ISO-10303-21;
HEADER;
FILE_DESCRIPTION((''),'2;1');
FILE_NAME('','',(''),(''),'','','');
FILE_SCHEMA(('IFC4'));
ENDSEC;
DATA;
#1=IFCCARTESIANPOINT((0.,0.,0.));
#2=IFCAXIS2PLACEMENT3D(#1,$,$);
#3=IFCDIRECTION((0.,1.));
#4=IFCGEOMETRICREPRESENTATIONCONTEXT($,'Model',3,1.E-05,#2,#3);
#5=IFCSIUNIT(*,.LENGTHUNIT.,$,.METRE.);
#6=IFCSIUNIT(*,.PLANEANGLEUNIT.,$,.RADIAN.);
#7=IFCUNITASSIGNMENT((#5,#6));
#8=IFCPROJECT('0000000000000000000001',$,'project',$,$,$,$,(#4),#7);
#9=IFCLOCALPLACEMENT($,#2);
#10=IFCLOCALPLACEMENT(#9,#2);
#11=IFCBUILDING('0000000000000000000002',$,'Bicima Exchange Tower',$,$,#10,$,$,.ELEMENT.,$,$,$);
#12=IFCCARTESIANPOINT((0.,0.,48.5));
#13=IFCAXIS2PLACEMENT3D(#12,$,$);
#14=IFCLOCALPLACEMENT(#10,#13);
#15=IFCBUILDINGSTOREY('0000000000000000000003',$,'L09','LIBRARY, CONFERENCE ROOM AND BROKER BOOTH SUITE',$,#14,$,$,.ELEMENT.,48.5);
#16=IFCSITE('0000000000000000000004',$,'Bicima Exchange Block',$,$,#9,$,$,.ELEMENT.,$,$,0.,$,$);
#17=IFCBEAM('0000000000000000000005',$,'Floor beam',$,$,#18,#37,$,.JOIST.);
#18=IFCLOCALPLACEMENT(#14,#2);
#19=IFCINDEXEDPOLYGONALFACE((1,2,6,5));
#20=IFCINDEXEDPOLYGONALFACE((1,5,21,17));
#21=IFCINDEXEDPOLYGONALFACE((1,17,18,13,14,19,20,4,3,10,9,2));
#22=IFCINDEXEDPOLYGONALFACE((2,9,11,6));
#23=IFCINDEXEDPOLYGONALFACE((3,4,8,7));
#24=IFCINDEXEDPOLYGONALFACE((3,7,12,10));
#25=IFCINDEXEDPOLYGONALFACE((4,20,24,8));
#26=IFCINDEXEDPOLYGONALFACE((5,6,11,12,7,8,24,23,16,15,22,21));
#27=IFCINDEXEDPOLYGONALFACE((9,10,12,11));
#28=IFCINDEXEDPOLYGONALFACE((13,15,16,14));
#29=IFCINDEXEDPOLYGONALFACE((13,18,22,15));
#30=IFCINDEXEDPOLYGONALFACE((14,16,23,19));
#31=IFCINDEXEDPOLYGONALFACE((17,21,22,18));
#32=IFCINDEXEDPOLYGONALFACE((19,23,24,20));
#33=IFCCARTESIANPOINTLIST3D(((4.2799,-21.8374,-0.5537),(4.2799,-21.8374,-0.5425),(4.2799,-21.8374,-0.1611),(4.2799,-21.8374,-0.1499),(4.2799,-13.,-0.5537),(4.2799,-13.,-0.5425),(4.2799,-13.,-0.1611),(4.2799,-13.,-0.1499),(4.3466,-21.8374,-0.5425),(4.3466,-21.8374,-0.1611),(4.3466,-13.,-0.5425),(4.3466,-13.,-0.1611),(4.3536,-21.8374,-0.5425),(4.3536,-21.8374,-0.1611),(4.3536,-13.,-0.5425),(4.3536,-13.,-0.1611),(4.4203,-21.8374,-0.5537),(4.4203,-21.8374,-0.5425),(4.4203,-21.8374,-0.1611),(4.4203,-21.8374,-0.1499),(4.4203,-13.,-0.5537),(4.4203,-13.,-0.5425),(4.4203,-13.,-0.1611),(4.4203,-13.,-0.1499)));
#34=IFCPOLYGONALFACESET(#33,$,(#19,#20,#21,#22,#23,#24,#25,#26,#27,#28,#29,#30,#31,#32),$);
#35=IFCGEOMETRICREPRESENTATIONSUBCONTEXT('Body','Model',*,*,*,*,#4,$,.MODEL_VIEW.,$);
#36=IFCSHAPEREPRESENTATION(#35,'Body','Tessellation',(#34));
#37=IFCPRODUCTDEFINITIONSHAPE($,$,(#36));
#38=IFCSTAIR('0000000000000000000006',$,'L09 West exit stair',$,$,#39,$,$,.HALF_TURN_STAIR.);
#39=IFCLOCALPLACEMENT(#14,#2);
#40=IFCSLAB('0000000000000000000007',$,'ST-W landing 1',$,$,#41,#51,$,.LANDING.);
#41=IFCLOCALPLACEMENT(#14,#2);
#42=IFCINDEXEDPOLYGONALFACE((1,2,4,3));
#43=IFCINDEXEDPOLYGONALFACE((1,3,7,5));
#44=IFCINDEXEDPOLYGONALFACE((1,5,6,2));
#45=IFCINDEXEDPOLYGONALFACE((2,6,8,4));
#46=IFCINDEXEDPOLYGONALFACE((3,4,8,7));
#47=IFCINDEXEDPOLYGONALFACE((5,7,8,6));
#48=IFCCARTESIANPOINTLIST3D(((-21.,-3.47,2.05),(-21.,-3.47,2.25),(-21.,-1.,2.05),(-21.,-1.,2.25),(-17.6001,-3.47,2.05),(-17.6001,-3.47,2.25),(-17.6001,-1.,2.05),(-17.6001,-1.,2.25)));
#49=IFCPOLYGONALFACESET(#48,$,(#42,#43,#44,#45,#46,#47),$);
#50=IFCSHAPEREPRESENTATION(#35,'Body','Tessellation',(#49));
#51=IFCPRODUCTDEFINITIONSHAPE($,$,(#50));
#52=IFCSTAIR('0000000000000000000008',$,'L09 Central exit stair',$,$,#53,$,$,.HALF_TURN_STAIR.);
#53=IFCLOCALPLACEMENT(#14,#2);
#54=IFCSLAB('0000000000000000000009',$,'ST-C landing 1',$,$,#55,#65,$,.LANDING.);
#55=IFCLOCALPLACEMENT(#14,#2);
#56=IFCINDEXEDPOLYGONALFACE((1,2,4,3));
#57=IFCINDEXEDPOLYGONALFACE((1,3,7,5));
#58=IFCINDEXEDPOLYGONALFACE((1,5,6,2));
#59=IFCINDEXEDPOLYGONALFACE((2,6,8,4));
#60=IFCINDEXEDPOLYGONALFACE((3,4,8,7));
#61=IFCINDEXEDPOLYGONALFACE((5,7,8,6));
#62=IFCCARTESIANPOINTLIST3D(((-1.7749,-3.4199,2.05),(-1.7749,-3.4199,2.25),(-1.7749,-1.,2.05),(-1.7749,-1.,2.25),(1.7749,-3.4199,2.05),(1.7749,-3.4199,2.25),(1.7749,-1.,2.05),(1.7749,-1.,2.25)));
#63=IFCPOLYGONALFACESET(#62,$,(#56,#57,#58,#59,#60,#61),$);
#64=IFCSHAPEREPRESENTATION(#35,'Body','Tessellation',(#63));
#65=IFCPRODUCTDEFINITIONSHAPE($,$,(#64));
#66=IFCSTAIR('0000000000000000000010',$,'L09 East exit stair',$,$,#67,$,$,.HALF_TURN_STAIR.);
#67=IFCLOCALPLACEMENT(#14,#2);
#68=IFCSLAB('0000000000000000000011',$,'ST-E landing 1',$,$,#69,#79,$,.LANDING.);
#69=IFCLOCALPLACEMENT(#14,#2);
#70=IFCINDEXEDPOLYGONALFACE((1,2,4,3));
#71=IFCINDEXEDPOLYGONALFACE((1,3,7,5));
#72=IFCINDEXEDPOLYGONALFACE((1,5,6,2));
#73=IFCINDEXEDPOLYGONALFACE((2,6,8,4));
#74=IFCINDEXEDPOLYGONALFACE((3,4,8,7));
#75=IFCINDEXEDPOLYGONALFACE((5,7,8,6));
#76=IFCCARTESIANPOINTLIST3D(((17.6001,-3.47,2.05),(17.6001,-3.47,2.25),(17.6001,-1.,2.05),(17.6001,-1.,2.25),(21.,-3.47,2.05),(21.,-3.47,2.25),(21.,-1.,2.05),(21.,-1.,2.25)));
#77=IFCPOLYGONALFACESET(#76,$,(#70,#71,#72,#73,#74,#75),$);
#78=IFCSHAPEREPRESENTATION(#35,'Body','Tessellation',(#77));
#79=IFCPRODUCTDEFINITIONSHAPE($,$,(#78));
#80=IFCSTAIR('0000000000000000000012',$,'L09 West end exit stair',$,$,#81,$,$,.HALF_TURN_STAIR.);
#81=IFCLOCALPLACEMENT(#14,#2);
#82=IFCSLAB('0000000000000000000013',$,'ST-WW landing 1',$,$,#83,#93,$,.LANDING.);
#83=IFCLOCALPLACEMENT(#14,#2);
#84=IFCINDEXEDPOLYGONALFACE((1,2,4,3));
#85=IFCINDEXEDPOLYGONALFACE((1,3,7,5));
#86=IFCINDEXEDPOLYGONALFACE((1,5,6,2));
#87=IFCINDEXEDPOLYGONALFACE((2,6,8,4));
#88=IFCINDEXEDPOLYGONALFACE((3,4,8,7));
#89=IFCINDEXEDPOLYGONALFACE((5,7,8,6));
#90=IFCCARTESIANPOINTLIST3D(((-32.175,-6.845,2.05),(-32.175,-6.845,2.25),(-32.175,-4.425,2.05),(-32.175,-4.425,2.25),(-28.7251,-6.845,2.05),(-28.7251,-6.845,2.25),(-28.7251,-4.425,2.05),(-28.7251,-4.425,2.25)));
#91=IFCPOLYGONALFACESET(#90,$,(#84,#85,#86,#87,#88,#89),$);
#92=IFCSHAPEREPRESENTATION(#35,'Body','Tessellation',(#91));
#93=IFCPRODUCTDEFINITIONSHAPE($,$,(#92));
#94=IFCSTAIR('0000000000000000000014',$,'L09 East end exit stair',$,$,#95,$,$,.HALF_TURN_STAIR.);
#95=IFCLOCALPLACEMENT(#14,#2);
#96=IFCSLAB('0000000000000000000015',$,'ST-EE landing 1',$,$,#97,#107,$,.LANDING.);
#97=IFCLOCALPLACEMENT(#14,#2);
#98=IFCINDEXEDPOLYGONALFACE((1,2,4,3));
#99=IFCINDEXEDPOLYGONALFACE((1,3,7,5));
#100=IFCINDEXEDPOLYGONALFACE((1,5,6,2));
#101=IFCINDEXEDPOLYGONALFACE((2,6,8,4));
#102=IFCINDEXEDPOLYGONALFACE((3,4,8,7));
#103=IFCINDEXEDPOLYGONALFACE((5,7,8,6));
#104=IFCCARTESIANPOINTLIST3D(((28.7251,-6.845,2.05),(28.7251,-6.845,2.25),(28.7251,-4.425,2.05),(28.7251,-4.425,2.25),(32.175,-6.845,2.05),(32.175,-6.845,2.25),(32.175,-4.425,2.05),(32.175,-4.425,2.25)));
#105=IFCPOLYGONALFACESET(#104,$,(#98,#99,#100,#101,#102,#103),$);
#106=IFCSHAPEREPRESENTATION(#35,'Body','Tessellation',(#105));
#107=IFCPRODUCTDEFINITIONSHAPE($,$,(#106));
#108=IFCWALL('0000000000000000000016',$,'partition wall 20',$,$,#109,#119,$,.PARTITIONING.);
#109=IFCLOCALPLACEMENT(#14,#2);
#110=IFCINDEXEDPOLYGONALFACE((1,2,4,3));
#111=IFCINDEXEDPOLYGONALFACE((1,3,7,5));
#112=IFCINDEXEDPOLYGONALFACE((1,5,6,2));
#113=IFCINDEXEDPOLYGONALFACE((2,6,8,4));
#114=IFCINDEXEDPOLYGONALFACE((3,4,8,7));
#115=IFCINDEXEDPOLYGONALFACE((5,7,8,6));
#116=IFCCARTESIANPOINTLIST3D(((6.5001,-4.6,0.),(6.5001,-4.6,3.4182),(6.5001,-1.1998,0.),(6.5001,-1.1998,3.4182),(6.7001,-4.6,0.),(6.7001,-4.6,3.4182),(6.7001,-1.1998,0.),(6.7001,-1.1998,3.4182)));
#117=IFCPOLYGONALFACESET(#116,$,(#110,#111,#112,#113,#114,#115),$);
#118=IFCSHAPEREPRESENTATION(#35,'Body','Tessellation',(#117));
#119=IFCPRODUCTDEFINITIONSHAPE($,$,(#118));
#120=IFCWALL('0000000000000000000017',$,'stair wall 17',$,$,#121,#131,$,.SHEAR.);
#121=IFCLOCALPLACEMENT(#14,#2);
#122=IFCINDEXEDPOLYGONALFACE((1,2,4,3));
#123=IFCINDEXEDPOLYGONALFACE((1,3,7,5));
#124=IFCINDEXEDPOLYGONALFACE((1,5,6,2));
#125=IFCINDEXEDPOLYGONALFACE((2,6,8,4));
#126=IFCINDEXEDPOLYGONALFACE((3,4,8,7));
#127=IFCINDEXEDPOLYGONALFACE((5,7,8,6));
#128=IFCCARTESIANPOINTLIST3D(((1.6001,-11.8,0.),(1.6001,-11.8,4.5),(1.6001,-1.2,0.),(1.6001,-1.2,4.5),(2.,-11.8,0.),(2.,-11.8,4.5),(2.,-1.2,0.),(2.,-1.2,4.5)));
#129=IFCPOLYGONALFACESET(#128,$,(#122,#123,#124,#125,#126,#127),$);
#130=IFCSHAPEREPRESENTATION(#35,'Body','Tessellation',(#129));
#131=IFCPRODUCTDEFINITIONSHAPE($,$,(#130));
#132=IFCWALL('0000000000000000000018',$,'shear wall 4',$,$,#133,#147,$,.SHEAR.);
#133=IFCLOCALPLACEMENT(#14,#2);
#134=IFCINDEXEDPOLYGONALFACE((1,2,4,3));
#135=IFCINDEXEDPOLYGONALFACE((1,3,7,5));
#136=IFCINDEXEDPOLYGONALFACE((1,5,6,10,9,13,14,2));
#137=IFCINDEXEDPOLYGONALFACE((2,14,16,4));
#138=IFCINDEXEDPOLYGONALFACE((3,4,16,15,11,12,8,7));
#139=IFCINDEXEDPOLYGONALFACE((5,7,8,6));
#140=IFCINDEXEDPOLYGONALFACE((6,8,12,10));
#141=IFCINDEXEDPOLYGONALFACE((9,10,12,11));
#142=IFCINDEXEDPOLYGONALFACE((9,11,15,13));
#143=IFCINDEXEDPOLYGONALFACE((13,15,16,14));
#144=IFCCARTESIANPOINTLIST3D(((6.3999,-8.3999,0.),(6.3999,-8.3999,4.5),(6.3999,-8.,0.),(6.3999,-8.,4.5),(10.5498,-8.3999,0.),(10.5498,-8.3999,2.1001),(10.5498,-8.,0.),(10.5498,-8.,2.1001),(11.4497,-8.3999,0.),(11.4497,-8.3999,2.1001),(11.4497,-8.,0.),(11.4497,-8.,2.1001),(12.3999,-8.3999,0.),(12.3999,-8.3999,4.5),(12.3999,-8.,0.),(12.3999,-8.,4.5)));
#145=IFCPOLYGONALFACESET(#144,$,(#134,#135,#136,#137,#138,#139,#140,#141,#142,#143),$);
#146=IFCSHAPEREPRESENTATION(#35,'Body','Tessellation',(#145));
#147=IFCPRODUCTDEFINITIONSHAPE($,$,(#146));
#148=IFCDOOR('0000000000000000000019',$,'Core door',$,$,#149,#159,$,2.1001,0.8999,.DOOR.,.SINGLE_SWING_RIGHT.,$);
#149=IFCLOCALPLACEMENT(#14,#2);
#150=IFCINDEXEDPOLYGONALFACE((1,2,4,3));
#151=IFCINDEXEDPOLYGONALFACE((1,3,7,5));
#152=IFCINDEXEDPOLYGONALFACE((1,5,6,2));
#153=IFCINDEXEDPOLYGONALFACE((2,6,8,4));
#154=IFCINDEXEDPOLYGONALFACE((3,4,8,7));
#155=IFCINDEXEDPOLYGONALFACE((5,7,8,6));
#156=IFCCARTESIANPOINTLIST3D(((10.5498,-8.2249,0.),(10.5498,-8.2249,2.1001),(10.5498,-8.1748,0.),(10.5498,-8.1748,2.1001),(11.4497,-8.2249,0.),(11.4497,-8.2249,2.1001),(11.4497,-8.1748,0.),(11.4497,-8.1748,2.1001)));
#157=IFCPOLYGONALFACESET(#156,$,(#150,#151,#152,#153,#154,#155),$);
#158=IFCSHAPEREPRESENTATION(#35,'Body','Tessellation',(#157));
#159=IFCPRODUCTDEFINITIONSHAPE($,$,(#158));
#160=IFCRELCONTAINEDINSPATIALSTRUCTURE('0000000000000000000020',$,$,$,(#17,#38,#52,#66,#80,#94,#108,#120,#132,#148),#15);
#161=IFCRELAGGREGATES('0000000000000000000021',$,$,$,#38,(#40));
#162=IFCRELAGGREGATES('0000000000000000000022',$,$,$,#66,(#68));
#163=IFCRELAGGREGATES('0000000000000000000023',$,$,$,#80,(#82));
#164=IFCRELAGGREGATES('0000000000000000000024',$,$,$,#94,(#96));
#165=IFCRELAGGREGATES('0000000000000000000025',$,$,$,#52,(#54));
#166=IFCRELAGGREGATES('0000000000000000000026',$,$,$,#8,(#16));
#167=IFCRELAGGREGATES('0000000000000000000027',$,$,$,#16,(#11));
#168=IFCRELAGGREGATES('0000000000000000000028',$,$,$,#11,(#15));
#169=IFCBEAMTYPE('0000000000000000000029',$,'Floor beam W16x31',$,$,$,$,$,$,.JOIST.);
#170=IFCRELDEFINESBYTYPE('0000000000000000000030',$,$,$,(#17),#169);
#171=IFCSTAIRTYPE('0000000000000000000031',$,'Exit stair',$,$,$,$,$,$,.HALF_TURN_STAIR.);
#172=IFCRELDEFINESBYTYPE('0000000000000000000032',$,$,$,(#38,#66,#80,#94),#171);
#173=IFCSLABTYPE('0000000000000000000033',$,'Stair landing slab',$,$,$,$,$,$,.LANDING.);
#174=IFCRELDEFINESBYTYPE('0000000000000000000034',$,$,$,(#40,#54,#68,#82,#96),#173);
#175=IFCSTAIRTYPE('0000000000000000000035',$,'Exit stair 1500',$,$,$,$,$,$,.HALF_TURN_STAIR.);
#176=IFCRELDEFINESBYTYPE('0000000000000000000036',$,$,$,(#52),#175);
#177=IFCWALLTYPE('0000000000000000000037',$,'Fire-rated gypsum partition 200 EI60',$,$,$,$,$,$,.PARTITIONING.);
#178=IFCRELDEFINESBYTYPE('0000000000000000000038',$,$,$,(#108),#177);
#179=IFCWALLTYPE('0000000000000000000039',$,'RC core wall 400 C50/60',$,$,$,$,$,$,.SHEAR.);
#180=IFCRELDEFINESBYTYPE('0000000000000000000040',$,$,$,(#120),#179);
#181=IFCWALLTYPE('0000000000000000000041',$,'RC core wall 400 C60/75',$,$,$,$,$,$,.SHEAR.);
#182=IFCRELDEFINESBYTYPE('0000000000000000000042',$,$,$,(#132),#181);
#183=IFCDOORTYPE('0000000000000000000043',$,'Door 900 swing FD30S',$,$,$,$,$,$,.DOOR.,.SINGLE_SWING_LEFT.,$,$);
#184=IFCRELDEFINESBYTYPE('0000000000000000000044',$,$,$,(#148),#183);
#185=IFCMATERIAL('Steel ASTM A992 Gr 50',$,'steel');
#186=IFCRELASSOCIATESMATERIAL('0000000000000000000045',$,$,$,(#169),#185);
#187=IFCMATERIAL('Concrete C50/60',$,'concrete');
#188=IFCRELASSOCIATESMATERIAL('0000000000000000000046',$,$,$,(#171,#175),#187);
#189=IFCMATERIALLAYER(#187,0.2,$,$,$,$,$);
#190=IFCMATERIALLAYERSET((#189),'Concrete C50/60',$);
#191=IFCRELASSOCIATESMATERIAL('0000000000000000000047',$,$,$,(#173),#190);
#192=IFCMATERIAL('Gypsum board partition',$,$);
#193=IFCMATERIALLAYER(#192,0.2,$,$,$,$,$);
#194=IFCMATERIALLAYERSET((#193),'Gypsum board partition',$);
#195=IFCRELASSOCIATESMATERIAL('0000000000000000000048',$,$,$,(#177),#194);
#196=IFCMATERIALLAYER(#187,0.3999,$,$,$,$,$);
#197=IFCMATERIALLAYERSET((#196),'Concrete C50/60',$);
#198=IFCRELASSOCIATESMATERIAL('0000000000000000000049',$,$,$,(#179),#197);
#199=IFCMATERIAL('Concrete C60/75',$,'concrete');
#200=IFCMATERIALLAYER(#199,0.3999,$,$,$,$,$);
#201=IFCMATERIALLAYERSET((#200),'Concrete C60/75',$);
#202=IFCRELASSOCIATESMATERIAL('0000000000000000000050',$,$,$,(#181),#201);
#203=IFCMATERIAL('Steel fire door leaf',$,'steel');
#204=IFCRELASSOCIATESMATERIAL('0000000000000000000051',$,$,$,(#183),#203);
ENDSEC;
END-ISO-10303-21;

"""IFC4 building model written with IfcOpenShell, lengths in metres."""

from ifc_helpers import new_model, si_unit, direction, frame, frame_2d, origin, origin_2d, place, context, subcontext, project, spatial, polyline, rectangle, i_section, outline, extrude, material, layer, layer_set, material_profile, profile_set, type_object, element, fill, aggregate, save


model = new_model("IFC4")

# Units and contexts
model_context = context("Model", 3, precision=1e-05, world=origin(), true_north=direction((0.0, 1.0)))
body_context = subcontext(model_context, "Body", "Model", "MODEL_VIEW")
ifc_project = project(units=[si_unit("LENGTHUNIT", "METRE"), si_unit("PLANEANGLEUNIT", "RADIAN")], contexts=[model_context])

# Site, building, storey
site_placement = place(None, origin())
site = spatial("IfcSite", under=ifc_project, at=site_placement, Name="Bicima Exchange Block", CompositionType="ELEMENT", RefElevation=0.0)
building_placement = place(site_placement, origin())
building = spatial("IfcBuilding", under=site, at=building_placement, Name="Bicima Exchange Tower", CompositionType="ELEMENT")
storey_placement = place(building_placement, frame((0.0, 0.0, 48.5)))
storey = spatial("IfcBuildingStorey", under=building, at=storey_placement, Name="L09", Description="LIBRARY, CONFERENCE ROOM AND BROKER BOOTH SUITE", CompositionType="ELEMENT", Elevation=48.5)

# Beam
ifc_material_1 = material(Name="Steel ASTM A992 Gr 50", Category="steel")
ifc_material_profile = material_profile(ifc_material_1, i_section(OverallWidth=0.1404, OverallDepth=0.4038, WebThickness=0.0071, FlangeThickness=0.0112, at=origin_2d()))
ifc_profile_set = profile_set([ifc_material_profile], Name="Steel ASTM A992 Gr 50")
beam_type = type_object("IfcBeamType", Name="Floor beam W16x31", PredefinedType="JOIST", material=ifc_profile_set)
beam_placement = place(storey_placement, frame((4.3501, -13.0, -0.3518), z_axis=(0.0, -1.0, 0.0), x_axis=(1.0, 0.0, 0.0)))
element("IfcBeam", 1, at=beam_placement, inside=storey, type_object=beam_type, Name="Floor beam", PredefinedType="JOIST", context=body_context, shape_type="SweptSolid", body=[
    extrude(i_section(OverallWidth=0.1404, OverallDepth=0.4038, WebThickness=0.0071, FlangeThickness=0.0112, at=origin_2d()), origin(), (0.0, 0.0, 1.0), 8.8374),
])

# Stairs, slabs
ifc_material_2 = material(Name="Concrete C50/60", Category="concrete")
stair_type_1 = type_object("IfcStairType", Name="Exit stair", PredefinedType="HALF_TURN_STAIR", material=ifc_material_2)
stair_1_placement = place(storey_placement, origin())
stair_1 = element("IfcStair", 2, at=stair_1_placement, inside=storey, type_object=stair_type_1, Name="L09 West exit stair", PredefinedType="HALF_TURN_STAIR")
ifc_layer_1 = layer(ifc_material_2, 0.2)
ifc_layer_set_1 = layer_set([ifc_layer_1], Name="Concrete C50/60")
slab_type = type_object("IfcSlabType", Name="Stair landing slab", PredefinedType="LANDING", material=ifc_layer_set_1)
slab_1_placement = place(storey_placement, frame((0.0, 0.0, 2.05)))
slab_1 = element("IfcSlab", 3, at=slab_1_placement, type_object=slab_type, Name="ST-W landing 1", PredefinedType="LANDING", context=body_context, shape_type="SweptSolid", body=[
    extrude(outline(polyline([(-17.6001, -3.47), (-17.6001, -1.0), (-21.0, -1.0), (-21.0, -3.47), (-17.6001, -3.47)])), origin(), (0.0, 0.0, 1.0), 0.2),
])
aggregate(stair_1, [slab_1])
stair_type_2 = type_object("IfcStairType", Name="Exit stair 1500", PredefinedType="HALF_TURN_STAIR", material=ifc_material_2)
stair_2_placement = place(storey_placement, origin())
stair_2 = element("IfcStair", 4, at=stair_2_placement, inside=storey, type_object=stair_type_2, Name="L09 Central exit stair", PredefinedType="HALF_TURN_STAIR")
slab_2_placement = place(storey_placement, frame((0.0, 0.0, 2.05)))
slab_2 = element("IfcSlab", 5, at=slab_2_placement, type_object=slab_type, Name="ST-C landing 1", PredefinedType="LANDING", context=body_context, shape_type="SweptSolid", body=[
    extrude(outline(polyline([(1.7749, -3.4199), (1.7749, -1.0), (-1.7749, -1.0), (-1.7749, -3.4199), (1.7749, -3.4199)])), origin(), (0.0, 0.0, 1.0), 0.2),
])
stair_3_placement = place(storey_placement, origin())
stair_3 = element("IfcStair", 6, at=stair_3_placement, inside=storey, type_object=stair_type_1, Name="L09 East exit stair", PredefinedType="HALF_TURN_STAIR")
slab_3_placement = place(storey_placement, frame((0.0, 0.0, 2.05)))
slab_3 = element("IfcSlab", 7, at=slab_3_placement, type_object=slab_type, Name="ST-E landing 1", PredefinedType="LANDING", context=body_context, shape_type="SweptSolid", body=[
    extrude(outline(polyline([(21.0, -3.47), (21.0, -1.0), (17.6001, -1.0), (17.6001, -3.47), (21.0, -3.47)])), origin(), (0.0, 0.0, 1.0), 0.2),
])
aggregate(stair_3, [slab_3])
stair_4_placement = place(storey_placement, origin())
stair_4 = element("IfcStair", 8, at=stair_4_placement, inside=storey, type_object=stair_type_1, Name="L09 West end exit stair", PredefinedType="HALF_TURN_STAIR")
slab_4_placement = place(storey_placement, frame((0.0, 0.0, 2.05)))
slab_4 = element("IfcSlab", 9, at=slab_4_placement, type_object=slab_type, Name="ST-WW landing 1", PredefinedType="LANDING", context=body_context, shape_type="SweptSolid", body=[
    extrude(outline(polyline([(-28.7251, -6.845), (-28.7251, -4.425), (-32.175, -4.425), (-32.175, -6.845), (-28.7251, -6.845)])), origin(), (0.0, 0.0, 1.0), 0.2),
])
aggregate(stair_4, [slab_4])
stair_5_placement = place(storey_placement, origin())
stair_5 = element("IfcStair", 10, at=stair_5_placement, inside=storey, type_object=stair_type_1, Name="L09 East end exit stair", PredefinedType="HALF_TURN_STAIR")
slab_5_placement = place(storey_placement, frame((0.0, 0.0, 2.05)))
slab_5 = element("IfcSlab", 11, at=slab_5_placement, type_object=slab_type, Name="ST-EE landing 1", PredefinedType="LANDING", context=body_context, shape_type="SweptSolid", body=[
    extrude(outline(polyline([(32.175, -6.845), (32.175, -4.425), (28.7251, -4.425), (28.7251, -6.845), (32.175, -6.845)])), origin(), (0.0, 0.0, 1.0), 0.2),
])
aggregate(stair_5, [slab_5])

# Walls
ifc_material_3 = material(Name="Gypsum board partition")
ifc_layer_2 = layer(ifc_material_3, 0.2)
ifc_layer_set_2 = layer_set([ifc_layer_2], Name="Gypsum board partition")
wall_type_1 = type_object("IfcWallType", Name="Fire-rated gypsum partition 200 EI60", PredefinedType="PARTITIONING", material=ifc_layer_set_2)
wall_1_placement = place(storey_placement, frame((6.6001, -4.6001, 0.0), z_axis=(0.0, 0.0, 1.0), x_axis=(0.0, 1.0, 0.0)))
element("IfcWall", 12, at=wall_1_placement, inside=storey, type_object=wall_type_1, Name="partition wall 20", PredefinedType="PARTITIONING", context=body_context, shape_type="SweptSolid", body=[
    extrude(rectangle(XDim=3.4001, YDim=0.2, at=frame_2d((1.7002, 0.0))), origin(), (0.0, 0.0, 1.0), 3.4182),
])
ifc_layer_3 = layer(ifc_material_2, 0.3999)
ifc_layer_set_3 = layer_set([ifc_layer_3], Name="Concrete C50/60")
wall_type_2 = type_object("IfcWallType", Name="RC core wall 400 C50/60", PredefinedType="SHEAR", material=ifc_layer_set_3)
wall_2_placement = place(storey_placement, frame((1.8, -11.8, 0.0), z_axis=(0.0, 0.0, 1.0), x_axis=(0.0, 1.0, 0.0)))
element("IfcWall", 13, at=wall_2_placement, inside=storey, type_object=wall_type_2, Name="stair wall 17", PredefinedType="SHEAR", context=body_context, shape_type="SweptSolid", body=[
    extrude(rectangle(XDim=10.6001, YDim=0.3999, at=frame_2d((5.3, 0.0))), origin(), (0.0, 0.0, 1.0), 4.5),
])

# Wall, opening, door
ifc_material_4 = material(Name="Concrete C60/75", Category="concrete")
ifc_layer_4 = layer(ifc_material_4, 0.3999)
ifc_layer_set_4 = layer_set([ifc_layer_4], Name="Concrete C60/75")
wall_type_3 = type_object("IfcWallType", Name="RC core wall 400 C60/75", PredefinedType="SHEAR", material=ifc_layer_set_4)
wall_3_placement = place(storey_placement, frame((6.3999, -8.2, 0.0), z_axis=(0.0, 0.0, 1.0), x_axis=(1.0, 0.0, 0.0)))
wall_3 = element("IfcWall", 14, at=wall_3_placement, inside=storey, type_object=wall_type_3, Name="shear wall 4", PredefinedType="SHEAR", context=body_context, shape_type="SweptSolid", body=[
    extrude(rectangle(XDim=6.0, YDim=0.3999, at=frame_2d((3.0, 0.0))), origin(), (0.0, 0.0, 1.0), 4.5),
])
opening_1_placement = place(wall_3_placement, frame((4.1499, 0.0, 0.0)))
opening_1 = element("IfcOpeningElement", 15, at=opening_1_placement, cuts=wall_3, PredefinedType="OPENING", context=body_context, shape_type="SweptSolid", body=[
    extrude(rectangle(XDim=0.8999, YDim=2.1001, at=frame_2d((0.45, 1.05))), frame((0.0, 0.2119, 0.0), z_axis=(0.0, -1.0, 0.0), x_axis=(1.0, 0.0, 0.0)), (0.0, 0.0, 1.0), 0.4238),
])
ifc_material_5 = material(Name="Steel fire door leaf", Category="steel")
door_type_1 = type_object("IfcDoorType", Name="Door 900 swing FD30S", OperationType="SINGLE_SWING_LEFT", PredefinedType="DOOR", material=ifc_material_5)
door_1_placement = place(opening_1_placement, frame((0.8999, 0.0, 0.0), z_axis=(0.0, 0.0, 1.0), x_axis=(-1.0, 0.0, 0.0)))
door_1 = element("IfcDoor", 16, at=door_1_placement, inside=storey, type_object=door_type_1, Name="Core door", OperationType="SINGLE_SWING_RIGHT", OverallHeight=2.1001, OverallWidth=0.8999, PredefinedType="DOOR", context=body_context, shape_type="SweptSolid", body=[
    extrude(rectangle(XDim=0.8999, YDim=2.1001, at=frame_2d((0.45, 1.05))), frame((0.0, 0.0249, 0.0), z_axis=(0.0, -1.0, 0.0), x_axis=(1.0, 0.0, 0.0)), (0.0, 0.0, 1.0), 0.05),
])
fill(opening_1, door_1)

aggregate(stair_2, [slab_2])

save(model, "model.ifc")
